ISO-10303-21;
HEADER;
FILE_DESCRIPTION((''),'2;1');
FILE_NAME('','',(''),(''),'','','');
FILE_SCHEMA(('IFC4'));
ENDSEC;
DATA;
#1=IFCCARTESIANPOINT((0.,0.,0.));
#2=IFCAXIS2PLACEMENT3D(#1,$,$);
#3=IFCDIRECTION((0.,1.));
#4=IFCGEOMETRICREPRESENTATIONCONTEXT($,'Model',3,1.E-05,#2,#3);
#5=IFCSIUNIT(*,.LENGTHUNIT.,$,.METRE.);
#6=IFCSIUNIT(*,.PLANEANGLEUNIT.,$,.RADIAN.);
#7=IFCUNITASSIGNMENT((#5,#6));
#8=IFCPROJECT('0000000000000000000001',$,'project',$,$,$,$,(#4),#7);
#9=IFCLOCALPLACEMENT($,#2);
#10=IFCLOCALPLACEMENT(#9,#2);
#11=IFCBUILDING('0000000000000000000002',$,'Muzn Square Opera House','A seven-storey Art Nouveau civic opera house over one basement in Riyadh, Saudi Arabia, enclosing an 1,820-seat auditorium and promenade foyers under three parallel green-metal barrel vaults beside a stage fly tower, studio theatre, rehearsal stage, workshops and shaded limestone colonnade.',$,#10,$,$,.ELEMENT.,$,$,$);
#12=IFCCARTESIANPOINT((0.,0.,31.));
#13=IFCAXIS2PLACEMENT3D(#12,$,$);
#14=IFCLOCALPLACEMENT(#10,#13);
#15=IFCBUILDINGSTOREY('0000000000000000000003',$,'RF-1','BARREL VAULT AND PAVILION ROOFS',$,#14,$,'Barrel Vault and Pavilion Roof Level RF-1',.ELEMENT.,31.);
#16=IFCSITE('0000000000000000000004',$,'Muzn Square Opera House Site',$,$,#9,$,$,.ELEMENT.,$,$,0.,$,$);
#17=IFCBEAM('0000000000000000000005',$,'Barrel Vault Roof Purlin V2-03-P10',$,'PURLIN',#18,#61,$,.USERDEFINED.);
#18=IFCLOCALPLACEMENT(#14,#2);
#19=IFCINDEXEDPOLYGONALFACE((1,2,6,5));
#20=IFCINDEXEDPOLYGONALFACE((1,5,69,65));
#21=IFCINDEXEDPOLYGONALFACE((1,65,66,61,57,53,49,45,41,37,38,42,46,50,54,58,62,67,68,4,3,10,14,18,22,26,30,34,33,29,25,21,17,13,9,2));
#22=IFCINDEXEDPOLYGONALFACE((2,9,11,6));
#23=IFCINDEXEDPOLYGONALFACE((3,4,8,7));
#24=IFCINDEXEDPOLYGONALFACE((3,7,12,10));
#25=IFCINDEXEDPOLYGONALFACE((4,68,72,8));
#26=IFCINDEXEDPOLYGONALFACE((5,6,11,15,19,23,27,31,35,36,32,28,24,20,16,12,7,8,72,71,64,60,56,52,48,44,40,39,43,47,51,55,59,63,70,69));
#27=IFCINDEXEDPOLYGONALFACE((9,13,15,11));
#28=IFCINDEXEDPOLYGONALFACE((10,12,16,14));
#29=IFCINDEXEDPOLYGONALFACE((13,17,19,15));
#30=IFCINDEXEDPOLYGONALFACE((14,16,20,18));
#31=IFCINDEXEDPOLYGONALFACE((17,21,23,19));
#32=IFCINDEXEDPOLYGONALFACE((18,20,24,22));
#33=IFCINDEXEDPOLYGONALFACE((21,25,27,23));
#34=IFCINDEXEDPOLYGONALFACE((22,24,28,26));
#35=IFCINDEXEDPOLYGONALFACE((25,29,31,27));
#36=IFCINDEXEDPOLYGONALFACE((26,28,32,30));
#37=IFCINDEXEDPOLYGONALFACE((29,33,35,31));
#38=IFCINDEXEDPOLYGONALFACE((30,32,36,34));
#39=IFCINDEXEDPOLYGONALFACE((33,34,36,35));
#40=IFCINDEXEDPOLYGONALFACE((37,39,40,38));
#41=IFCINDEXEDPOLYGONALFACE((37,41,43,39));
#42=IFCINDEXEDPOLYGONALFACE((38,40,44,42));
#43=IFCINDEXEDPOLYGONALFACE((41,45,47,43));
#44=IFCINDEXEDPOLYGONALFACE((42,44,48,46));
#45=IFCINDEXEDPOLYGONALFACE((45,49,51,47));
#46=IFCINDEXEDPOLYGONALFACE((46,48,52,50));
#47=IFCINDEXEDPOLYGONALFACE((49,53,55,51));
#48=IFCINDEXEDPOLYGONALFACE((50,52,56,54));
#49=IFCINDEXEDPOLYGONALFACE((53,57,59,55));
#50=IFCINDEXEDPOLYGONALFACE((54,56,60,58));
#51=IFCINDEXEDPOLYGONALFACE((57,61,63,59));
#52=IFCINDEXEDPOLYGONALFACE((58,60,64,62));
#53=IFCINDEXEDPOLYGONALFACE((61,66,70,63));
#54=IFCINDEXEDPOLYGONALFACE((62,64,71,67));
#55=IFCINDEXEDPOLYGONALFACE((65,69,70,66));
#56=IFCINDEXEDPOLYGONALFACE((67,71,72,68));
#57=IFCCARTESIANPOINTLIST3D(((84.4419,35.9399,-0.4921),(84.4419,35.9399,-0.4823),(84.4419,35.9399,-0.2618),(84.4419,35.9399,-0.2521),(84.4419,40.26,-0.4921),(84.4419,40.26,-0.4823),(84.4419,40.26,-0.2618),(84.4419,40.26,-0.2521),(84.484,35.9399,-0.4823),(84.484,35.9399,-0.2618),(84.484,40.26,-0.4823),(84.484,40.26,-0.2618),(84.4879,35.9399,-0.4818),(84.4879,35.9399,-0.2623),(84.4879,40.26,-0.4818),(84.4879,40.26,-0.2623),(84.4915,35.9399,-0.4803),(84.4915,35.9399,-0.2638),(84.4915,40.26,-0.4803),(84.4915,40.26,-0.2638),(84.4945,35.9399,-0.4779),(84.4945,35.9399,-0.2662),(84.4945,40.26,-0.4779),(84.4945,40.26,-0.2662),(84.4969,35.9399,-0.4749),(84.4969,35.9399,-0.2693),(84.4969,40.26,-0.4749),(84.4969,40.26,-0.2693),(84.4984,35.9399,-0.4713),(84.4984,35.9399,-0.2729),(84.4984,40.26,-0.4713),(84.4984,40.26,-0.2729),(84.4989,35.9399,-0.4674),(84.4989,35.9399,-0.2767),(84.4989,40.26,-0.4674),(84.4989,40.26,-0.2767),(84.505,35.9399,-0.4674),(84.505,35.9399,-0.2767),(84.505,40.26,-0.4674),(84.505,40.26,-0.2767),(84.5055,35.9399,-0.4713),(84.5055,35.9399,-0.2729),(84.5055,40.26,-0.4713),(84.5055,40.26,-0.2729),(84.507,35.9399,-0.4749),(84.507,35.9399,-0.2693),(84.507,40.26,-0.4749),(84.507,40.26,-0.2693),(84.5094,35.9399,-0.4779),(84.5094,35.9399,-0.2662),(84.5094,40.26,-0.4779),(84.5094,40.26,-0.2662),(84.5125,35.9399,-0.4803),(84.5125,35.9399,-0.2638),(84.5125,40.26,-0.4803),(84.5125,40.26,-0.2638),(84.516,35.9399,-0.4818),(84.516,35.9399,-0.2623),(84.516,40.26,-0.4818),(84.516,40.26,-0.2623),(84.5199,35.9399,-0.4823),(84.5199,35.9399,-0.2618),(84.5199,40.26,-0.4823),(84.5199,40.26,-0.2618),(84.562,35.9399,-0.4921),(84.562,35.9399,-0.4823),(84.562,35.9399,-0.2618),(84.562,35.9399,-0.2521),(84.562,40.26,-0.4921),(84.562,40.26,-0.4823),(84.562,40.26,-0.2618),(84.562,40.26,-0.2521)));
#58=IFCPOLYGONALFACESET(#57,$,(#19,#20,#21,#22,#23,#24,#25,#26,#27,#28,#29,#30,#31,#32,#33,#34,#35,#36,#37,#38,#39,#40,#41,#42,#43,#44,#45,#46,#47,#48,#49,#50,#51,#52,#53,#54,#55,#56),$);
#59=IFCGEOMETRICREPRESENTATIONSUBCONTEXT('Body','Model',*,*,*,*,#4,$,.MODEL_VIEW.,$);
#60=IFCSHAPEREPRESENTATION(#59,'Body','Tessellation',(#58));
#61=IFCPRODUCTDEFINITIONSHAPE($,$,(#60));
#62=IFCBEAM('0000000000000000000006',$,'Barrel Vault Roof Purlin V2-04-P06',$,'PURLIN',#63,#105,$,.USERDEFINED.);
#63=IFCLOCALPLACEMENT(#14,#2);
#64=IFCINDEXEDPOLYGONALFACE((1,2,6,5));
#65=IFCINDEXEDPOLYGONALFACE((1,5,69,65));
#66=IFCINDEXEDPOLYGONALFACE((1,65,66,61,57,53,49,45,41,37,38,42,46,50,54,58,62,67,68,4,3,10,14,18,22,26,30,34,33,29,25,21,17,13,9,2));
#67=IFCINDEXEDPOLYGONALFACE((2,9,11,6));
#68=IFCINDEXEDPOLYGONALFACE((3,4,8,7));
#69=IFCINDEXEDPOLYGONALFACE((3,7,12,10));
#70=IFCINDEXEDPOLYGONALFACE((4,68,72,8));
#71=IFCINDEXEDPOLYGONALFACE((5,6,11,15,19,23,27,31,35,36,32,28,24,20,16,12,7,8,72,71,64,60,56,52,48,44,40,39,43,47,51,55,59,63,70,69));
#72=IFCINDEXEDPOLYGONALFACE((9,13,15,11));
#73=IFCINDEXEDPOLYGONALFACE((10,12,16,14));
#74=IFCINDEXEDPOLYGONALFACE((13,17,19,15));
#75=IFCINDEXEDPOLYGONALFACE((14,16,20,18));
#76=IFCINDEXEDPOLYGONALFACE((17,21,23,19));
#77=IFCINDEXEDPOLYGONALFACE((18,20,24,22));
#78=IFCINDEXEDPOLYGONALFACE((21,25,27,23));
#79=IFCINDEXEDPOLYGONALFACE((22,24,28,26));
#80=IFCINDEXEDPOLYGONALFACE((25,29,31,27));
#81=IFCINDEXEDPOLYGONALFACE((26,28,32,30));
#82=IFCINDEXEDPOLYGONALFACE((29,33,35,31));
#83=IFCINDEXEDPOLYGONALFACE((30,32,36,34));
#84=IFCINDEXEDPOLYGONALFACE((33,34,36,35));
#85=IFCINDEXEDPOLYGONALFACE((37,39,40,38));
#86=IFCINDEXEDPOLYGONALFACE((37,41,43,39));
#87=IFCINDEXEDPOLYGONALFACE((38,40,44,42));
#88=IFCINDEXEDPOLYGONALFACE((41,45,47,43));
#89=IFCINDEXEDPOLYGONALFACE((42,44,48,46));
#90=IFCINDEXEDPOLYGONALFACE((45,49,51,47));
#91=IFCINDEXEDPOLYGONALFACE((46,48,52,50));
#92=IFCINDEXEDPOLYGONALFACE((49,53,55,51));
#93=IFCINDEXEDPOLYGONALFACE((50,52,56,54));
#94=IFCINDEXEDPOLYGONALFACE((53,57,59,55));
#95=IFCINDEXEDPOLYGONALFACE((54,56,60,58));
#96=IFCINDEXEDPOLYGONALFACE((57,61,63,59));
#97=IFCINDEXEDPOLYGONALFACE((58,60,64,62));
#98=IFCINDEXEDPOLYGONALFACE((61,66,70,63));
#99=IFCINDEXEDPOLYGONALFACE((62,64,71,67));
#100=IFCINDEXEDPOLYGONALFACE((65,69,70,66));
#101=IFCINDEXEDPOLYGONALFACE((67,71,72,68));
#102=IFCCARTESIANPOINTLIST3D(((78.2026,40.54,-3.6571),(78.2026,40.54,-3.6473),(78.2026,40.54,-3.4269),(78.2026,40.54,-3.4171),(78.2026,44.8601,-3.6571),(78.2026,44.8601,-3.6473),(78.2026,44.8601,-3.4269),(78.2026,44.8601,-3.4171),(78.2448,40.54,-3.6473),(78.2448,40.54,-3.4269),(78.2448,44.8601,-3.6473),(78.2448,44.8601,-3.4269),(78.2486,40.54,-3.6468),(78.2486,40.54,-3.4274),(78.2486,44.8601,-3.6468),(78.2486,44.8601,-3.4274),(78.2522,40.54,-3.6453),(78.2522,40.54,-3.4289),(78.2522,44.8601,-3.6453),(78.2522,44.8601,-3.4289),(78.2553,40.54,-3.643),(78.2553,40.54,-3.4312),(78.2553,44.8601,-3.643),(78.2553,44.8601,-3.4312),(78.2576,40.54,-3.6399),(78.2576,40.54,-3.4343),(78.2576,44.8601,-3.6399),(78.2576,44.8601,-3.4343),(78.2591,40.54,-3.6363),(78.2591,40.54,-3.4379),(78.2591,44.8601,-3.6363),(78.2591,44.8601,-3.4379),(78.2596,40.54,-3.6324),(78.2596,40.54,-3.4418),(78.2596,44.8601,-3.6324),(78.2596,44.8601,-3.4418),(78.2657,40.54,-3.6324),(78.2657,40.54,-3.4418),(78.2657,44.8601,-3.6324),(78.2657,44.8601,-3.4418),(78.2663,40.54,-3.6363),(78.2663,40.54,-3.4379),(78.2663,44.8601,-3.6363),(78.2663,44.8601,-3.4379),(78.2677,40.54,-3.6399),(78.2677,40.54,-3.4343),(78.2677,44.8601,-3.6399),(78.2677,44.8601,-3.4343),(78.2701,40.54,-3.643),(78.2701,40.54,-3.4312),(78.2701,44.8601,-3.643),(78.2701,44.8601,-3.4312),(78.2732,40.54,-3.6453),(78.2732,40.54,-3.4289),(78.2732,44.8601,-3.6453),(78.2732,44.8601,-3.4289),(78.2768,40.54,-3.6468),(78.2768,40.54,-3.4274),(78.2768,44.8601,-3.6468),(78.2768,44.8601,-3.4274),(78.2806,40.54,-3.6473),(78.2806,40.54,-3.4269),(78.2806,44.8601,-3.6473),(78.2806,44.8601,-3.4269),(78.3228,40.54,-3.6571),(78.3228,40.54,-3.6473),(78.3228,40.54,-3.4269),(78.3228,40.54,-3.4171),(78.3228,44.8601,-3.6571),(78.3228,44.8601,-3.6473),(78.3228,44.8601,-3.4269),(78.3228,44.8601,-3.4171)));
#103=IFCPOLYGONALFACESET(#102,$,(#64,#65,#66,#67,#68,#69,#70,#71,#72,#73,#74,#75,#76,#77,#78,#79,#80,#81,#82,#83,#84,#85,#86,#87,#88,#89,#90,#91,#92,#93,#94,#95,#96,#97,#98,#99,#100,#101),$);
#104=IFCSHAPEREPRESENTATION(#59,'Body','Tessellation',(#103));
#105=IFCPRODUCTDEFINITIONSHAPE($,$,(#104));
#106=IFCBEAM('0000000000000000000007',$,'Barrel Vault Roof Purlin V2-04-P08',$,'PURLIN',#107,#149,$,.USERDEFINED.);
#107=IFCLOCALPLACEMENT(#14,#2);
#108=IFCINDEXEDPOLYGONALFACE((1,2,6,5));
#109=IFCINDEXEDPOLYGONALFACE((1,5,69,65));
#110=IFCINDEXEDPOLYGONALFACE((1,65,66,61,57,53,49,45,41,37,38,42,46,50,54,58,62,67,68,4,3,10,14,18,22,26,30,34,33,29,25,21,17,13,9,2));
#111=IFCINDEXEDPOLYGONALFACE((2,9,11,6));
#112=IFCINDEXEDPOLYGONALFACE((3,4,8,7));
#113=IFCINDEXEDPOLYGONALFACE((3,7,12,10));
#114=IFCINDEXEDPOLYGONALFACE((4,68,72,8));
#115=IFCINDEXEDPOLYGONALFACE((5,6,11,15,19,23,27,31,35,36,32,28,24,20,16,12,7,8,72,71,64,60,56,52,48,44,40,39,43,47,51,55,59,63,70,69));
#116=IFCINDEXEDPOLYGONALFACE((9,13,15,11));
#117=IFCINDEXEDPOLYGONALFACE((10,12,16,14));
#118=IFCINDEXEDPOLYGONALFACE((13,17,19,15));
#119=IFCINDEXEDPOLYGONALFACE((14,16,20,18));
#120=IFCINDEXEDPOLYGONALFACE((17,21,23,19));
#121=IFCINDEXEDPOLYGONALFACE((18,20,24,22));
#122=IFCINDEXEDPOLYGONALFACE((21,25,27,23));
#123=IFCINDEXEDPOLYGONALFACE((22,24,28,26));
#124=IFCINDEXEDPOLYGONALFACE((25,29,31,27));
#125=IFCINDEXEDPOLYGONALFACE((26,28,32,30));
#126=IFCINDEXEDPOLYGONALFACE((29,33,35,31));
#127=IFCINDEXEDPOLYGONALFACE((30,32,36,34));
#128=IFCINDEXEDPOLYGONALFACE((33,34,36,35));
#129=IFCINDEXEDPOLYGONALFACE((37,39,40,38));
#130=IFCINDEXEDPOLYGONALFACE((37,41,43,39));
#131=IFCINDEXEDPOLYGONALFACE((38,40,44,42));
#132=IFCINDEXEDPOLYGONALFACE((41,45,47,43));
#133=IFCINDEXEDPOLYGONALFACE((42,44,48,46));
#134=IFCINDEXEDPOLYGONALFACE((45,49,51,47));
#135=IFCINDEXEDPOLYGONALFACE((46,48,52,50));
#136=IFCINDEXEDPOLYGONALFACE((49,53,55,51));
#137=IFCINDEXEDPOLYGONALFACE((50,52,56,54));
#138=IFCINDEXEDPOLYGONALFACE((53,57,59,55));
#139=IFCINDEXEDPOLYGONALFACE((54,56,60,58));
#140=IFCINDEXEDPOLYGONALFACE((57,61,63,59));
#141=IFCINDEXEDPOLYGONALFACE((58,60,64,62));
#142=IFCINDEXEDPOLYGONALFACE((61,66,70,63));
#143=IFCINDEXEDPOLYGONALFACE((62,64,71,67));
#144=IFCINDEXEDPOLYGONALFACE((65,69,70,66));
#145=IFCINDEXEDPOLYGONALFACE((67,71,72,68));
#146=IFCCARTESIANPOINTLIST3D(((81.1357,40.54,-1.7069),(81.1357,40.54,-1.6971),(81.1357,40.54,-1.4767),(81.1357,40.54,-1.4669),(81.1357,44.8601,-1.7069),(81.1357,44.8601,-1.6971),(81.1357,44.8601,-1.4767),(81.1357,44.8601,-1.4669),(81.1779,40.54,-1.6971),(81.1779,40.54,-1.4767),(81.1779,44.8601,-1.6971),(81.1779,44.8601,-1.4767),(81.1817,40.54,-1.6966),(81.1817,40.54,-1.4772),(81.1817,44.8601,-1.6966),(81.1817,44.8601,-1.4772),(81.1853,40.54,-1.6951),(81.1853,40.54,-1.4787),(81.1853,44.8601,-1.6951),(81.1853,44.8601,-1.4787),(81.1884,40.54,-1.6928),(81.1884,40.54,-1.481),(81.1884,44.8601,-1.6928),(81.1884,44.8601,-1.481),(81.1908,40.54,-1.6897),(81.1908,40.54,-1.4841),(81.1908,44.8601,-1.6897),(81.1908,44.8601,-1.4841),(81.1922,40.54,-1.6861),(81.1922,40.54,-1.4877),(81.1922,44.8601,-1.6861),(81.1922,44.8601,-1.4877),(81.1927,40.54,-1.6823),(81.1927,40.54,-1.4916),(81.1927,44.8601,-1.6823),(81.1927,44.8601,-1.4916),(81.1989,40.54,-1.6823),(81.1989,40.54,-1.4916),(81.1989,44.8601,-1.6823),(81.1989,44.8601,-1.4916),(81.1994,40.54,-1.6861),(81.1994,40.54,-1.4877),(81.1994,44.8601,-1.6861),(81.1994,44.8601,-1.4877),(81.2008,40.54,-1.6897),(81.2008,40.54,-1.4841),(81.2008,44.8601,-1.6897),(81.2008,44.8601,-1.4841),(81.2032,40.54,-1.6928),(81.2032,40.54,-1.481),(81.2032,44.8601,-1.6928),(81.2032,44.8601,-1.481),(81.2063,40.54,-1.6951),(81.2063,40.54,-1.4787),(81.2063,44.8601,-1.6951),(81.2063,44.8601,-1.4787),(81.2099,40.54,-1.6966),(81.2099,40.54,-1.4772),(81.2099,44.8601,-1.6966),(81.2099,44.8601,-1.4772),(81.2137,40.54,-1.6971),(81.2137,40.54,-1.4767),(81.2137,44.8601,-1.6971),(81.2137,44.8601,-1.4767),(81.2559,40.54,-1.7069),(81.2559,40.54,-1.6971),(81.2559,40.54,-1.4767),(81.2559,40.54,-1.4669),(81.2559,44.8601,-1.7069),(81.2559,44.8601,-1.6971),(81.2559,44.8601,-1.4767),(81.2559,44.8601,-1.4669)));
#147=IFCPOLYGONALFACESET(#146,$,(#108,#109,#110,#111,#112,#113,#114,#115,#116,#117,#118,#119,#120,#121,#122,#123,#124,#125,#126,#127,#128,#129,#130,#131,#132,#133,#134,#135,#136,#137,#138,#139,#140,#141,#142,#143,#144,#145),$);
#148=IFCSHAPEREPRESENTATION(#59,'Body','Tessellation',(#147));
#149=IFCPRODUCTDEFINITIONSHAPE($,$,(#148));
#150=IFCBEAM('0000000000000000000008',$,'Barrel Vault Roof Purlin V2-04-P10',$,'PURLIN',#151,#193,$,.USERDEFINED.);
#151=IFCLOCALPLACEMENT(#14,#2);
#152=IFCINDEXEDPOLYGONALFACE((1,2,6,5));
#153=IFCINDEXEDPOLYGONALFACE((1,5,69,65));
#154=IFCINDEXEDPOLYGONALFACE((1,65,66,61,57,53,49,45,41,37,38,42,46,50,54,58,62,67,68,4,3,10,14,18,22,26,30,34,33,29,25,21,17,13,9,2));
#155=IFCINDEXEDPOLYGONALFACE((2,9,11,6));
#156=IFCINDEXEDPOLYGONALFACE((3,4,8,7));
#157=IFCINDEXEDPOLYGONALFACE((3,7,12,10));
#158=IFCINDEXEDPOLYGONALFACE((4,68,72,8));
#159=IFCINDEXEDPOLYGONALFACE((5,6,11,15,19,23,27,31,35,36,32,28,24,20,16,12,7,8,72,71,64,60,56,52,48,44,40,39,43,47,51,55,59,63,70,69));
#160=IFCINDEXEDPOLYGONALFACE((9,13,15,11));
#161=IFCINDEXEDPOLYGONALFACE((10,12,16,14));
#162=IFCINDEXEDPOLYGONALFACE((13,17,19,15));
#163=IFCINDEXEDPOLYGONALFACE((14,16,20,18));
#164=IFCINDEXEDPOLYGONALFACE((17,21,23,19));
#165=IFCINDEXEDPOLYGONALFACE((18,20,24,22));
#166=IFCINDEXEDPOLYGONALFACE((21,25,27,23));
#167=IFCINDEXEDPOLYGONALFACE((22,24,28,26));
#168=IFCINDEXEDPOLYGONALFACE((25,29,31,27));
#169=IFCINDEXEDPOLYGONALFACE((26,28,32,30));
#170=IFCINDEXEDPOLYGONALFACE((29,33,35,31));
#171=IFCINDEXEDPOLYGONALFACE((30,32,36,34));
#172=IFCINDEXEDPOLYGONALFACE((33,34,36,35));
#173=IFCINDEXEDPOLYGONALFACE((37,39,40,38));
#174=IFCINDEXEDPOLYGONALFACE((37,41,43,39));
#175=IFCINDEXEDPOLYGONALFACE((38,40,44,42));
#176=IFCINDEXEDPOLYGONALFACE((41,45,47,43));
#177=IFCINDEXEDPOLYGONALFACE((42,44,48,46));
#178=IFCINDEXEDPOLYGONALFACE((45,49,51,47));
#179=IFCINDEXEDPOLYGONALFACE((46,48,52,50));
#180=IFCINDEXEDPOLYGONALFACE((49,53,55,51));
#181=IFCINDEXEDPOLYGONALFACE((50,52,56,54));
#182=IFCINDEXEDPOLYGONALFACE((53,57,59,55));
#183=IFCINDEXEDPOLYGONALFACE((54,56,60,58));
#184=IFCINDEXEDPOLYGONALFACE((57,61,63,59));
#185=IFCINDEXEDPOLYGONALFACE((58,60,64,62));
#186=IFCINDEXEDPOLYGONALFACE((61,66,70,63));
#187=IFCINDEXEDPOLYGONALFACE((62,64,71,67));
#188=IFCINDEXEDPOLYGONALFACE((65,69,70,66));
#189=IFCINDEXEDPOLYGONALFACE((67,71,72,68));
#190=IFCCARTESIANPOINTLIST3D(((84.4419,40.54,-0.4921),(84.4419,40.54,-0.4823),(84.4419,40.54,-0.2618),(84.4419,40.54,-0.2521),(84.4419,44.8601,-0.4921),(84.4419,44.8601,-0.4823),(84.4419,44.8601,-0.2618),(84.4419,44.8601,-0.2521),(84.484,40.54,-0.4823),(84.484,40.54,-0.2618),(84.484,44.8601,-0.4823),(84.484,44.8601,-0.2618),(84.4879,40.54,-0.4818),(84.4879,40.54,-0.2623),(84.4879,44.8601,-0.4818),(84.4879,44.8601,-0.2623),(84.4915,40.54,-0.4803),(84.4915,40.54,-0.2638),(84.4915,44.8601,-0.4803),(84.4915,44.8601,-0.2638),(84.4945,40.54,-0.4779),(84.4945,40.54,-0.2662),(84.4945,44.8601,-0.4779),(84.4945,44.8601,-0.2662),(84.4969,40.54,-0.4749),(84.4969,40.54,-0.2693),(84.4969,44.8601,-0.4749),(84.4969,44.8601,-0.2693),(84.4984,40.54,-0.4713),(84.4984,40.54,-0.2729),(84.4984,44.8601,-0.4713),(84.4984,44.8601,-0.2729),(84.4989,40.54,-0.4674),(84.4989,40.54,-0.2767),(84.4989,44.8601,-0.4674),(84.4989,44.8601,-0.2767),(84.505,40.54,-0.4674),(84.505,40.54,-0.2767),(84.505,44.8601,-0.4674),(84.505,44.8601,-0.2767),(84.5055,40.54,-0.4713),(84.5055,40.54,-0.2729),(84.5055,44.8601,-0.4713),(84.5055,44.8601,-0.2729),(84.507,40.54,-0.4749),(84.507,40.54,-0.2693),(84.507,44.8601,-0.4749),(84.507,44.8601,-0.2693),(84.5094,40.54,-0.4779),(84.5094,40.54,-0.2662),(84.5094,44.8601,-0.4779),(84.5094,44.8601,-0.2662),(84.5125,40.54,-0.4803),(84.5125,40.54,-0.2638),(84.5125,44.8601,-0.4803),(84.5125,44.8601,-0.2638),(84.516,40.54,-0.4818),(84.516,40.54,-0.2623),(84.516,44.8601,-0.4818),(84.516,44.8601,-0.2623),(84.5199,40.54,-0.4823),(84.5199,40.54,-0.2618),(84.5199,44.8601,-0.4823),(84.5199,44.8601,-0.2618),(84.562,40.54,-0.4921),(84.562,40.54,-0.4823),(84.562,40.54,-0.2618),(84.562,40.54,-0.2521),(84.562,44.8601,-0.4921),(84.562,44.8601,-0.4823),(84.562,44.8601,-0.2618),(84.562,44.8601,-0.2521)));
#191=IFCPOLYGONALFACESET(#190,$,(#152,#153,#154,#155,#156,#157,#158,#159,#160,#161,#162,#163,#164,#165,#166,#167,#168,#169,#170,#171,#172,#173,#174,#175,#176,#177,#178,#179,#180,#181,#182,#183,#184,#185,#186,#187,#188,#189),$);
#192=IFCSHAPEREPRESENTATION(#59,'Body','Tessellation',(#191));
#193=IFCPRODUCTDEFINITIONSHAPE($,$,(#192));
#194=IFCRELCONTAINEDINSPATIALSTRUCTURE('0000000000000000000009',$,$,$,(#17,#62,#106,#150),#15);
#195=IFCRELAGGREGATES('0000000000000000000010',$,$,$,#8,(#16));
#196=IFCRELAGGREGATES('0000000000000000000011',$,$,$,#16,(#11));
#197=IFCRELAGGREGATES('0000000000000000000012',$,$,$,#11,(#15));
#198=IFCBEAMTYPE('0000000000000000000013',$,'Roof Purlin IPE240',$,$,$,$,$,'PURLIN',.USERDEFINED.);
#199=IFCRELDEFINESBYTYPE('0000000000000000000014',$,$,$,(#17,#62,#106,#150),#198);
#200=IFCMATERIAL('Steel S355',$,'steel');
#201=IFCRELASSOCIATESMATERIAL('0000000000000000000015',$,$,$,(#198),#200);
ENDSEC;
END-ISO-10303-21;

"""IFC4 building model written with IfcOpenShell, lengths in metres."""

from ifc_helpers import new_model, si_unit, direction, frame, origin, origin_2d, place, context, subcontext, project, spatial, i_section, extrude, material, material_profile, profile_set, type_object, element, save


model = new_model("IFC4")

# Units and contexts
model_context = context("Model", 3, precision=1e-05, world=origin(), true_north=direction((0.0, 1.0)))
body_context = subcontext(model_context, "Body", "Model", "MODEL_VIEW")
ifc_project = project(units=[si_unit("LENGTHUNIT", "METRE"), si_unit("PLANEANGLEUNIT", "RADIAN")], contexts=[model_context])

# Site, building, storey
site_placement = place(None, origin())
site = spatial("IfcSite", under=ifc_project, at=site_placement, Name="Muzn Square Opera House Site", CompositionType="ELEMENT", RefElevation=0.0)
building_placement = place(site_placement, origin())
building = spatial("IfcBuilding", under=site, at=building_placement, Name="Muzn Square Opera House", Description="A seven-storey Art Nouveau civic opera house over one basement in Riyadh, Saudi Arabia, enclosing an 1,820-seat auditorium and promenade foyers under three parallel green-metal barrel vaults beside a stage fly tower, studio theatre, rehearsal stage, workshops and shaded limestone colonnade.", CompositionType="ELEMENT")
storey_placement = place(building_placement, frame((0.0, 0.0, 31.0)))
storey = spatial("IfcBuildingStorey", under=building, at=storey_placement, Name="RF-1", Description="BARREL VAULT AND PAVILION ROOFS", LongName="Barrel Vault and Pavilion Roof Level RF-1", CompositionType="ELEMENT", Elevation=31.0)

# Beams
ifc_material_1 = material(Name="Steel S355", Category="steel")
ifc_material_profile_1 = material_profile(ifc_material_1, i_section(OverallWidth=0.1201, OverallDepth=0.24, WebThickness=0.0061, FlangeThickness=0.0098, FilletRadius=0.0149, at=origin_2d()), Name="IPE 240", Category="steel")
ifc_profile_set_1 = profile_set([ifc_material_profile_1], Name="Steel S355")
beam_type_1 = type_object("IfcBeamType", Name="Roof Purlin IPE240", ElementType="PURLIN", PredefinedType="USERDEFINED", material=ifc_profile_set_1)
for number, where, z_axis, x_axis, name in (
    (1, (84.502, 35.9399, -0.3721), (0.0, 1.0, 0.0), (-1.0, 0.0, 0.0), "Barrel Vault Roof Purlin V2-03-P10"),
    (2, (78.2627, 40.54, -3.5371), (0.0, 1.0, 0.0), (-1.0, 0.0, 0.0), "Barrel Vault Roof Purlin V2-04-P06"),
    (3, (81.1958, 40.54, -1.5869), (0.0, 1.0, 0.0), (-1.0, 0.0, 0.0), "Barrel Vault Roof Purlin V2-04-P08"),
    (4, (84.502, 40.54, -0.3721), (0.0, 1.0, 0.0), (-1.0, 0.0, 0.0), "Barrel Vault Roof Purlin V2-04-P10"),
):
    element("IfcBeam", number, at=place(storey_placement, frame(where, z_axis=z_axis, x_axis=x_axis)), inside=storey, type_object=beam_type_1, Name=name, ObjectType="PURLIN", PredefinedType="USERDEFINED", context=body_context, shape_type="SweptSolid", body=[
        extrude(i_section(OverallWidth=0.1201, OverallDepth=0.24, WebThickness=0.0061, FlangeThickness=0.0098, FilletRadius=0.0149, at=origin_2d()), origin(), (0.0, 0.0, 1.0), 4.3201),
    ])

save(model, "model.ifc")
